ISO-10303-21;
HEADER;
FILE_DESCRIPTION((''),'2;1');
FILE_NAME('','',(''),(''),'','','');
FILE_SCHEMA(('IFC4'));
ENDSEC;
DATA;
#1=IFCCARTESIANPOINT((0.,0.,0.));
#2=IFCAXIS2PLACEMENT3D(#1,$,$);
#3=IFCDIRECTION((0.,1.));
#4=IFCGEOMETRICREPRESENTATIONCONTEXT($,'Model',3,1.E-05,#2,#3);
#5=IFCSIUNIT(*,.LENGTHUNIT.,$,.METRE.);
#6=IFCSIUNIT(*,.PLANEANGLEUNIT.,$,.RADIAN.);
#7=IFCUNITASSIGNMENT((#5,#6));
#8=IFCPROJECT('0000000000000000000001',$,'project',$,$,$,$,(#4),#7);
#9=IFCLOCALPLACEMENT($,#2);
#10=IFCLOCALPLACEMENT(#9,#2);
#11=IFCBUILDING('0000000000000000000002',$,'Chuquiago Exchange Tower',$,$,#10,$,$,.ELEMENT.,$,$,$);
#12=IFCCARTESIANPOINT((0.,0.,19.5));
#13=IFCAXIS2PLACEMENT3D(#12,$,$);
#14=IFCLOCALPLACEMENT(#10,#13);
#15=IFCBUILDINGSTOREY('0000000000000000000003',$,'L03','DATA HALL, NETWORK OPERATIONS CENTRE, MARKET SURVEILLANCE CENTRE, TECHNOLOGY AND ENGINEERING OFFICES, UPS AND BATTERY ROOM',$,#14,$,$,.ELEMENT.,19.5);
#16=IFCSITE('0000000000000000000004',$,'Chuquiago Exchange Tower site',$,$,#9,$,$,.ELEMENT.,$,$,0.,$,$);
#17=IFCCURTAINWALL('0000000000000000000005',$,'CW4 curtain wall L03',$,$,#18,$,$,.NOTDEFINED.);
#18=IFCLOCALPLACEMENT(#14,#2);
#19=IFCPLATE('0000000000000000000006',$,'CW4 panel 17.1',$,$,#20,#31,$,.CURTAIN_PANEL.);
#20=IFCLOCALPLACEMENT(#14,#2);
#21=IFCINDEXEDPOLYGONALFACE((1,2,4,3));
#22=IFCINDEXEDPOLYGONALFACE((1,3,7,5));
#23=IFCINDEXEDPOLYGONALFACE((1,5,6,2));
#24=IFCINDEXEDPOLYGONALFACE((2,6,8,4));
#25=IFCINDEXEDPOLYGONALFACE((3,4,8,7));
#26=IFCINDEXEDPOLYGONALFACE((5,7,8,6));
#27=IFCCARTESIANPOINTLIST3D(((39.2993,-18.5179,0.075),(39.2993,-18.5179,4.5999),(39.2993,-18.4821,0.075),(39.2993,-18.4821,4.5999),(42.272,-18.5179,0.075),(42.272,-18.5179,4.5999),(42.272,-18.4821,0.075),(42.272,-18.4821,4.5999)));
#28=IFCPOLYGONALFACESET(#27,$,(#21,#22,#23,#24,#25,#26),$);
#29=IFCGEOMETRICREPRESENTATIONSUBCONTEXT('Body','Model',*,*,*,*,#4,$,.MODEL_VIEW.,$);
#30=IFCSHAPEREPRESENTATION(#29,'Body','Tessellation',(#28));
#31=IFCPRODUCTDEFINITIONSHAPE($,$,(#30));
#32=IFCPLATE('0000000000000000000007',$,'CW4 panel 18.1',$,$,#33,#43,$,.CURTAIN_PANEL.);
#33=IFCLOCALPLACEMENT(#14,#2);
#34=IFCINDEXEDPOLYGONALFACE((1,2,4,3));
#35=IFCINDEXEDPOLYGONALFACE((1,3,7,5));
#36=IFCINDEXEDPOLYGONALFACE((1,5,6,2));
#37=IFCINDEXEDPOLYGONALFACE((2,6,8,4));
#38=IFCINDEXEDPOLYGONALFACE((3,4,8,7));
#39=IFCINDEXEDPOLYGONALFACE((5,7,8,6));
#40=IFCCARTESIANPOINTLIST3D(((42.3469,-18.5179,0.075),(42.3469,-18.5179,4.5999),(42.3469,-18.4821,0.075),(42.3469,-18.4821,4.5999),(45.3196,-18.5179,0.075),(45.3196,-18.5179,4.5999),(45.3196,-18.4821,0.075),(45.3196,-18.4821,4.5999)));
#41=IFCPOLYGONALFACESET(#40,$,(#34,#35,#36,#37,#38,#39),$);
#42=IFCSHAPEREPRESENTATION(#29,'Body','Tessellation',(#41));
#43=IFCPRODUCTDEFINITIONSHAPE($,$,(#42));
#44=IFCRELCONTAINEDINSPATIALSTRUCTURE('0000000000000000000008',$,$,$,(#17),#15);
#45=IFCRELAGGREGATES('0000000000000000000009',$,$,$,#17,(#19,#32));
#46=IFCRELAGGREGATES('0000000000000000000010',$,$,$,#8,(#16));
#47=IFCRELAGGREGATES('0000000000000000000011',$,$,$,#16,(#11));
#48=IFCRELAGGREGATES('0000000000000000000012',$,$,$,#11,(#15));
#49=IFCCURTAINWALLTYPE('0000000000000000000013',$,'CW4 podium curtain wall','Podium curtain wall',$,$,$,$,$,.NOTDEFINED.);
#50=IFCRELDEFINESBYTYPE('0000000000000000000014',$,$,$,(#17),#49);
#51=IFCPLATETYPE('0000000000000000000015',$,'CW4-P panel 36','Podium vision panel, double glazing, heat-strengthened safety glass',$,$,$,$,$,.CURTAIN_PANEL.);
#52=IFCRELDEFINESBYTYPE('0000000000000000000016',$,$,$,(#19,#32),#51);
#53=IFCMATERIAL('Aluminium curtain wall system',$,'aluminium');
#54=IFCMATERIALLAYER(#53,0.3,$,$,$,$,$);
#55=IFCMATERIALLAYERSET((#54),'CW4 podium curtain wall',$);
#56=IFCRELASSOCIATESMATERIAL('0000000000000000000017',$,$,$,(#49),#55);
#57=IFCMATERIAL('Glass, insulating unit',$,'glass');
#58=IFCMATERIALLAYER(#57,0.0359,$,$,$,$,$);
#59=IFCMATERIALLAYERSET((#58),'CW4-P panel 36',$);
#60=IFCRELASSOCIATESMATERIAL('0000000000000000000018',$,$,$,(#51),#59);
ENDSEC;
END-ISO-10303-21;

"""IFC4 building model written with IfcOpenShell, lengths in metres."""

from ifc_helpers import new_model, si_unit, direction, frame, origin, origin_2d, place, context, subcontext, project, spatial, rectangle, extrude, material, layer, layer_set, type_object, element, aggregate, save


model = new_model("IFC4")

# Units and contexts
model_context = context("Model", 3, precision=1e-05, world=origin(), true_north=direction((0.0, 1.0)))
body_context = subcontext(model_context, "Body", "Model", "MODEL_VIEW")
ifc_project = project(units=[si_unit("LENGTHUNIT", "METRE"), si_unit("PLANEANGLEUNIT", "RADIAN")], contexts=[model_context])

# Site, building, storey
site_placement = place(None, origin())
site = spatial("IfcSite", under=ifc_project, at=site_placement, Name="Chuquiago Exchange Tower site", CompositionType="ELEMENT", RefElevation=0.0)
building_placement = place(site_placement, origin())
building = spatial("IfcBuilding", under=site, at=building_placement, Name="Chuquiago Exchange Tower", CompositionType="ELEMENT")
storey_placement = place(building_placement, frame((0.0, 0.0, 19.5)))
storey = spatial("IfcBuildingStorey", under=building, at=storey_placement, Name="L03", Description="DATA HALL, NETWORK OPERATIONS CENTRE, MARKET SURVEILLANCE CENTRE, TECHNOLOGY AND ENGINEERING OFFICES, UPS AND BATTERY ROOM", CompositionType="ELEMENT", Elevation=19.5)

# Curtain wall
ifc_material_1 = material(Name="Aluminium curtain wall system", Category="aluminium")
ifc_layer_1 = layer(ifc_material_1, 0.3)
ifc_layer_set_1 = layer_set([ifc_layer_1], Name="CW4 podium curtain wall")
curtain_wall_type = type_object("IfcCurtainWallType", Name="CW4 podium curtain wall", Description="Podium curtain wall", PredefinedType="NOTDEFINED", material=ifc_layer_set_1)
curtain_wall_placement = place(storey_placement, origin())
curtain_wall = element("IfcCurtainWall", 1, at=curtain_wall_placement, inside=storey, type_object=curtain_wall_type, Name="CW4 curtain wall L03", PredefinedType="NOTDEFINED")

# Plates
ifc_material_2 = material(Name="Glass, insulating unit", Category="glass")
ifc_layer_2 = layer(ifc_material_2, 0.0359)
ifc_layer_set_2 = layer_set([ifc_layer_2], Name="CW4-P panel 36")
plate_type = type_object("IfcPlateType", Name="CW4-P panel 36", Description="Podium vision panel, double glazing, heat-strengthened safety glass", PredefinedType="CURTAIN_PANEL", material=ifc_layer_set_2)
plate_1_placement = place(storey_placement, frame((40.7856, -18.5, 0.075), z_axis=(0.0, 0.0, 1.0), x_axis=(1.0, 0.0, 0.0)))
plate_1 = element("IfcPlate", 2, at=plate_1_placement, type_object=plate_type, Name="CW4 panel 17.1", PredefinedType="CURTAIN_PANEL", context=body_context, shape_type="SweptSolid", body=[
    extrude(rectangle(XDim=2.9727, YDim=0.0359, at=origin_2d()), origin(), (0.0, 0.0, 1.0), 4.5249),
])
plate_2_placement = place(storey_placement, frame((43.8333, -18.5, 0.075), z_axis=(0.0, 0.0, 1.0), x_axis=(1.0, 0.0, 0.0)))
plate_2 = element("IfcPlate", 3, at=plate_2_placement, type_object=plate_type, Name="CW4 panel 18.1", PredefinedType="CURTAIN_PANEL", context=body_context, shape_type="SweptSolid", body=[
    extrude(rectangle(XDim=2.9727, YDim=0.0359, at=origin_2d()), origin(), (0.0, 0.0, 1.0), 4.5249),
])
aggregate(curtain_wall, [plate_1, plate_2])

save(model, "model.ifc")
